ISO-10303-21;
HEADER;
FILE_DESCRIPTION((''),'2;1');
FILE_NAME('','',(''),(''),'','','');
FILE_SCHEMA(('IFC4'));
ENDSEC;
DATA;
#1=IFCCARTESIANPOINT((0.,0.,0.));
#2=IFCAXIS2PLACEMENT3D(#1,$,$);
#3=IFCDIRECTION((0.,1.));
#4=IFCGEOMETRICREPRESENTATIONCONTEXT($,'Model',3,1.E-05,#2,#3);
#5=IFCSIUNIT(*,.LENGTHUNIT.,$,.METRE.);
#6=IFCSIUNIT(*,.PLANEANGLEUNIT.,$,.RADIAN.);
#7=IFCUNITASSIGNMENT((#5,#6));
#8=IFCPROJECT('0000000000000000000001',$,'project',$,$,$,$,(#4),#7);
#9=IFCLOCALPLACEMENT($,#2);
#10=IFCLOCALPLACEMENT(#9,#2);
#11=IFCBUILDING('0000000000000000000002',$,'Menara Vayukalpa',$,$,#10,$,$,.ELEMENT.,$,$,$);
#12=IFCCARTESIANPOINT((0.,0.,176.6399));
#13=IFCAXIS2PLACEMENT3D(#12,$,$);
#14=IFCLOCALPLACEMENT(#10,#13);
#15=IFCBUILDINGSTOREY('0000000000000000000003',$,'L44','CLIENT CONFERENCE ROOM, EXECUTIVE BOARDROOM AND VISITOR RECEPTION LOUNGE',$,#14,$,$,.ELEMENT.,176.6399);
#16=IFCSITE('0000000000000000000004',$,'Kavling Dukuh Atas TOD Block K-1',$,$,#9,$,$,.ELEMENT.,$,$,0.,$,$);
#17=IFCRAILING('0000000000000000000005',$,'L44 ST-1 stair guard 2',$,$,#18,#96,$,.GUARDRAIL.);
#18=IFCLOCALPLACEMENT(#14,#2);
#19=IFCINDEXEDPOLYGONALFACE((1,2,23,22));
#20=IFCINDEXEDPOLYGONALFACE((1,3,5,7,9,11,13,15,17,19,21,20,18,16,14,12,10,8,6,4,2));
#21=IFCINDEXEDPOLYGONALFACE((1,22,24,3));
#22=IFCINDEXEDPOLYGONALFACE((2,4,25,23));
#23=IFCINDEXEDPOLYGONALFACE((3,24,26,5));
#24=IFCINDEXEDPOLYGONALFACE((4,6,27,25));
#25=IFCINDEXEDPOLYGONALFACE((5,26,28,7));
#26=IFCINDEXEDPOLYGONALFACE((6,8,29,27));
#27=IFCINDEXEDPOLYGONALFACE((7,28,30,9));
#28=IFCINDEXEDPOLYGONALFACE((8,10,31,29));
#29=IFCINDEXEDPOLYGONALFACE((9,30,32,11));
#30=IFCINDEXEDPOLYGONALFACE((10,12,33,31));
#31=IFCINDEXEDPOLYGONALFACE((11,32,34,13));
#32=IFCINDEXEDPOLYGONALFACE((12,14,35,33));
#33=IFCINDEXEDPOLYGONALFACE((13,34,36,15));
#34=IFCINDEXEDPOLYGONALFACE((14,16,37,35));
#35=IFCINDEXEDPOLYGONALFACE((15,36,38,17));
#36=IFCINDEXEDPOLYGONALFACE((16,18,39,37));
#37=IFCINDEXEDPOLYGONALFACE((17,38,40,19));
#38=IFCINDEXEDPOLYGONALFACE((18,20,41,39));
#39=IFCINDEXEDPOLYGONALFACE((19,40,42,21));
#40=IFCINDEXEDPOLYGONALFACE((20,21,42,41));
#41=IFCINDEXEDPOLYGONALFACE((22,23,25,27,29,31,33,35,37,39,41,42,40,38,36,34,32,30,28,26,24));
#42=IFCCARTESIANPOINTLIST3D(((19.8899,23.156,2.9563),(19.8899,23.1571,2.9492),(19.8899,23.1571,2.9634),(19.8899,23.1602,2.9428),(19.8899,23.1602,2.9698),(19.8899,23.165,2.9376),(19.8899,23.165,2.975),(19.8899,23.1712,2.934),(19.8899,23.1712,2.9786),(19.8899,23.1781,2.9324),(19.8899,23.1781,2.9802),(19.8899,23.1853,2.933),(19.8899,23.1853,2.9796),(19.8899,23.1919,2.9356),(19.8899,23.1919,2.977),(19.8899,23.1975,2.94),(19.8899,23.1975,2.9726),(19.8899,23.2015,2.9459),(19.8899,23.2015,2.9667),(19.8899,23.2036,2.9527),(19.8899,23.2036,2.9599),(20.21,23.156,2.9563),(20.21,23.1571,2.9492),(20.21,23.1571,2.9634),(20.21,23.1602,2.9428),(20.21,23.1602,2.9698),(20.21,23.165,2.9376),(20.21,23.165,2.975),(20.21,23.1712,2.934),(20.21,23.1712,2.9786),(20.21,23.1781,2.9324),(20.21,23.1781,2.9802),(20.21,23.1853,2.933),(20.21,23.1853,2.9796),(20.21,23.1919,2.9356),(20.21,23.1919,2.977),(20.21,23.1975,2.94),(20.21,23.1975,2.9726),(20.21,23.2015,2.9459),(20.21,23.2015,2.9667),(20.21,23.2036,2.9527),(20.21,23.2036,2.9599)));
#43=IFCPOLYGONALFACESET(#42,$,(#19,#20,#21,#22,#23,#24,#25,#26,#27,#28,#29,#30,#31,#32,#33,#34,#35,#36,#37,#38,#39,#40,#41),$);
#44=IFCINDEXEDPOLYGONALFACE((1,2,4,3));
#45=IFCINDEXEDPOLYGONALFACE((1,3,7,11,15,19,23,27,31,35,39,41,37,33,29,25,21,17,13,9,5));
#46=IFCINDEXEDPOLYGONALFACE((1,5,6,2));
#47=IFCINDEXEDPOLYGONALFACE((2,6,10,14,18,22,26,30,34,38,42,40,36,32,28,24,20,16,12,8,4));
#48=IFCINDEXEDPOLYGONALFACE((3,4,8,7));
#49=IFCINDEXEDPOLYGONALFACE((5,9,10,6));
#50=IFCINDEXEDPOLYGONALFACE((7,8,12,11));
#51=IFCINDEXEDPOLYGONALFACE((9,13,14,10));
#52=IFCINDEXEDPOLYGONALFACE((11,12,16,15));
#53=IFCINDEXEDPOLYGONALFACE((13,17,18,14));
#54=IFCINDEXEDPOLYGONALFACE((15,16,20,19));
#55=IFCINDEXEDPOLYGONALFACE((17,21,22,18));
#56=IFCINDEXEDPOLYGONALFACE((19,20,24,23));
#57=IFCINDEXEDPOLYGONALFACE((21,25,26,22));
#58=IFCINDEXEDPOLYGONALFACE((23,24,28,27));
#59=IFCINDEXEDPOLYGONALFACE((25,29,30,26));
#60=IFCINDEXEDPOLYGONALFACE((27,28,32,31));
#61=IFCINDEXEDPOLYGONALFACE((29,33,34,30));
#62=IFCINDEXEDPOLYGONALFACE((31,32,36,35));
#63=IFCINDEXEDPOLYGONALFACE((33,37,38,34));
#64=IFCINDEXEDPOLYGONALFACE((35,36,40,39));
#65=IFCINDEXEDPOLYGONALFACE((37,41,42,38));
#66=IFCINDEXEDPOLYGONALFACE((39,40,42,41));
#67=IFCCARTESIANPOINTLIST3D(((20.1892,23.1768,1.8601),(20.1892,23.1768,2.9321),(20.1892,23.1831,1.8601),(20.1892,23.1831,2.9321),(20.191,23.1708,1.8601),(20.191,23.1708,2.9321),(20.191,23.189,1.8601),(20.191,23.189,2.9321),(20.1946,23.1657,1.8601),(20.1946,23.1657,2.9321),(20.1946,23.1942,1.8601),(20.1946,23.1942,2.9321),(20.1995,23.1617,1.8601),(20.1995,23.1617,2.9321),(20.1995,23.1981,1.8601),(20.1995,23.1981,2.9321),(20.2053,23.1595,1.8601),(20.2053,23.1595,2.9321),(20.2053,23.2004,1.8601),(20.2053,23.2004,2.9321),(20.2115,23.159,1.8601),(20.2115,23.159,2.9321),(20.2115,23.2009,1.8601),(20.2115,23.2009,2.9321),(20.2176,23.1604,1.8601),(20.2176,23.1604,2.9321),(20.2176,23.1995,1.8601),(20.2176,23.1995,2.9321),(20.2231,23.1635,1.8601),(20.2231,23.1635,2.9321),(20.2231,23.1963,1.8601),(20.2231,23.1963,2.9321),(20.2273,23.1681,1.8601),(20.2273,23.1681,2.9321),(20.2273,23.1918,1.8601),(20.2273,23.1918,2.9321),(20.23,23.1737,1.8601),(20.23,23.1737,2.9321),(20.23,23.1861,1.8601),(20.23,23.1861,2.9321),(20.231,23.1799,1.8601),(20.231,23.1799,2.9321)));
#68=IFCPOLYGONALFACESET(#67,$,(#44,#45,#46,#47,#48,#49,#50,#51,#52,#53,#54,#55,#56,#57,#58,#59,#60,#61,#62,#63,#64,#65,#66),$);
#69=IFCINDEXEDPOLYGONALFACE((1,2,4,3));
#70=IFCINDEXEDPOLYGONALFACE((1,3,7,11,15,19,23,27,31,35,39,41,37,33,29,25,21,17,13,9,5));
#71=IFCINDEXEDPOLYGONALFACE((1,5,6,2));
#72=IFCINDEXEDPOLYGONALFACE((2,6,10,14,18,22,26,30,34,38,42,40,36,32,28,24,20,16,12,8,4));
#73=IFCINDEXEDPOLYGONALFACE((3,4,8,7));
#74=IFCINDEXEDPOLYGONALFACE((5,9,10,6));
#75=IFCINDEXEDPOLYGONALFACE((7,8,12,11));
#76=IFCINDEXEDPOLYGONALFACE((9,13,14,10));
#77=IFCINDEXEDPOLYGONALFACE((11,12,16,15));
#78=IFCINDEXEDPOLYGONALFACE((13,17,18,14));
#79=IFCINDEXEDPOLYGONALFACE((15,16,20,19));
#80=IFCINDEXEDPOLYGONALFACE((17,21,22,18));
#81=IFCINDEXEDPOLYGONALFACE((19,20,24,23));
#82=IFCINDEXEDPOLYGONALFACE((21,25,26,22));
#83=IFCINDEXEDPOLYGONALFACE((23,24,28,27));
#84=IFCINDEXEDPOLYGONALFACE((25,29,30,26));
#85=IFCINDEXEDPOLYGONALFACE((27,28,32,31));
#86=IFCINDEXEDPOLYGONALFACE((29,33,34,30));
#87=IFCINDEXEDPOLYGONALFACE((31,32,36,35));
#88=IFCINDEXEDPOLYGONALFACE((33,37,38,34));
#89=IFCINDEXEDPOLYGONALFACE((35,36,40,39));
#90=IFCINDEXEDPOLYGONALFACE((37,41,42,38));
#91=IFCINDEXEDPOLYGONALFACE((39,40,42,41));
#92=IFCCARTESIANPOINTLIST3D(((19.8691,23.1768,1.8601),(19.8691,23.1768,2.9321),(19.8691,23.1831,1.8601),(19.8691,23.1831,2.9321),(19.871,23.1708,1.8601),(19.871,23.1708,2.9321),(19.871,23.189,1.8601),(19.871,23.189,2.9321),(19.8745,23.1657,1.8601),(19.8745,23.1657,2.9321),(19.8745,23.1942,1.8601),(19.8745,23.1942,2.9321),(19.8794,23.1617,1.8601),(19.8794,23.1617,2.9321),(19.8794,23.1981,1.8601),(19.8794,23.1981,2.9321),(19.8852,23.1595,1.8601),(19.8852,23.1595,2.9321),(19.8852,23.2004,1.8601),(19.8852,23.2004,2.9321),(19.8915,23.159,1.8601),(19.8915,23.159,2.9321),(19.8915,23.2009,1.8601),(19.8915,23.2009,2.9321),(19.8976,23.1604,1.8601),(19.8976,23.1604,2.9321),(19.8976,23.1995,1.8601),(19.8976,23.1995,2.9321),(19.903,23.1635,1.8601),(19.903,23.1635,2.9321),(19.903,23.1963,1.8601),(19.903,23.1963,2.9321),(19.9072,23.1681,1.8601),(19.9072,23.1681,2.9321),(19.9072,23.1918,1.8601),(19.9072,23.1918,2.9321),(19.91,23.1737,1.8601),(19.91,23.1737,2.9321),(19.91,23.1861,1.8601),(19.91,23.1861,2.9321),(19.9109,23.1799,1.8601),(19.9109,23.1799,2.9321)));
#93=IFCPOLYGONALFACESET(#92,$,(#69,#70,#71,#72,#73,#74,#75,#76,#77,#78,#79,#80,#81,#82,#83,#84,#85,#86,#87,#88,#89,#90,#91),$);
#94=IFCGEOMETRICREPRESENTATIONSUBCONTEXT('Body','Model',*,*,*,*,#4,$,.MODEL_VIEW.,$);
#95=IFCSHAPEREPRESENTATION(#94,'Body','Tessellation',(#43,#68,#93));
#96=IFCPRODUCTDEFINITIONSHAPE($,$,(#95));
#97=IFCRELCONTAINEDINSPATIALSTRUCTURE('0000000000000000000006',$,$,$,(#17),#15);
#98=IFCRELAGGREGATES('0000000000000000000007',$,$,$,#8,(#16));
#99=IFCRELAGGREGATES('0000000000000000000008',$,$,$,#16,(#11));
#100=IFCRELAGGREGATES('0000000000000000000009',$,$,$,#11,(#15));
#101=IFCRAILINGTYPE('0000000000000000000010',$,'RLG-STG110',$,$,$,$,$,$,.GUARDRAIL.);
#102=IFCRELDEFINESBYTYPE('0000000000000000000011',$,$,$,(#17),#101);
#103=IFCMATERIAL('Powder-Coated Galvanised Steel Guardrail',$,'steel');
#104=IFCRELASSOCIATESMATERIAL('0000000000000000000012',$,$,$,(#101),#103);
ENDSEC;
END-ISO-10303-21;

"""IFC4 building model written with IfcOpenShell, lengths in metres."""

from ifc_helpers import new_model, si_unit, direction, frame, origin, origin_2d, place, context, subcontext, project, spatial, circle, extrude, material, type_object, element, save


model = new_model("IFC4")

# Units and contexts
model_context = context("Model", 3, precision=1e-05, world=origin(), true_north=direction((0.0, 1.0)))
body_context = subcontext(model_context, "Body", "Model", "MODEL_VIEW")
ifc_project = project(units=[si_unit("LENGTHUNIT", "METRE"), si_unit("PLANEANGLEUNIT", "RADIAN")], contexts=[model_context])

# Site, building, storey
site_placement = place(None, origin())
site = spatial("IfcSite", under=ifc_project, at=site_placement, Name="Kavling Dukuh Atas TOD Block K-1", CompositionType="ELEMENT", RefElevation=0.0)
building_placement = place(site_placement, origin())
building = spatial("IfcBuilding", under=site, at=building_placement, Name="Menara Vayukalpa", CompositionType="ELEMENT")
storey_placement = place(building_placement, frame((0.0, 0.0, 176.6399)))
storey = spatial("IfcBuildingStorey", under=building, at=storey_placement, Name="L44", Description="CLIENT CONFERENCE ROOM, EXECUTIVE BOARDROOM AND VISITOR RECEPTION LOUNGE", CompositionType="ELEMENT", Elevation=176.6399)

# Railing
ifc_material_1 = material(Name="Powder-Coated Galvanised Steel Guardrail", Category="steel")
railing_type_1 = type_object("IfcRailingType", Name="RLG-STG110", PredefinedType="GUARDRAIL", material=ifc_material_1)
railing_1_placement = place(storey_placement, frame((20.21, 23.1799, 1.8601)))
element("IfcRailing", 1, at=railing_1_placement, inside=storey, type_object=railing_type_1, Name="L44 ST-1 stair guard 2", PredefinedType="GUARDRAIL", context=body_context, shape_type="SweptSolid", body=[
    extrude(circle(Radius=0.0239, at=origin_2d()), frame((0.0, 0.0, 1.0962), z_axis=(-1.0, 0.0, 0.0), x_axis=(0.0, -1.0, 0.0)), (0.0, 0.0, 1.0), 0.3201),
    extrude(circle(Radius=0.021, at=origin_2d()), origin(), (0.0, 0.0, 1.0), 1.072),
    extrude(circle(Radius=0.021, at=origin_2d()), frame((-0.3201, 0.0, 0.0)), (0.0, 0.0, 1.0), 1.072),
])

save(model, "model.ifc")
